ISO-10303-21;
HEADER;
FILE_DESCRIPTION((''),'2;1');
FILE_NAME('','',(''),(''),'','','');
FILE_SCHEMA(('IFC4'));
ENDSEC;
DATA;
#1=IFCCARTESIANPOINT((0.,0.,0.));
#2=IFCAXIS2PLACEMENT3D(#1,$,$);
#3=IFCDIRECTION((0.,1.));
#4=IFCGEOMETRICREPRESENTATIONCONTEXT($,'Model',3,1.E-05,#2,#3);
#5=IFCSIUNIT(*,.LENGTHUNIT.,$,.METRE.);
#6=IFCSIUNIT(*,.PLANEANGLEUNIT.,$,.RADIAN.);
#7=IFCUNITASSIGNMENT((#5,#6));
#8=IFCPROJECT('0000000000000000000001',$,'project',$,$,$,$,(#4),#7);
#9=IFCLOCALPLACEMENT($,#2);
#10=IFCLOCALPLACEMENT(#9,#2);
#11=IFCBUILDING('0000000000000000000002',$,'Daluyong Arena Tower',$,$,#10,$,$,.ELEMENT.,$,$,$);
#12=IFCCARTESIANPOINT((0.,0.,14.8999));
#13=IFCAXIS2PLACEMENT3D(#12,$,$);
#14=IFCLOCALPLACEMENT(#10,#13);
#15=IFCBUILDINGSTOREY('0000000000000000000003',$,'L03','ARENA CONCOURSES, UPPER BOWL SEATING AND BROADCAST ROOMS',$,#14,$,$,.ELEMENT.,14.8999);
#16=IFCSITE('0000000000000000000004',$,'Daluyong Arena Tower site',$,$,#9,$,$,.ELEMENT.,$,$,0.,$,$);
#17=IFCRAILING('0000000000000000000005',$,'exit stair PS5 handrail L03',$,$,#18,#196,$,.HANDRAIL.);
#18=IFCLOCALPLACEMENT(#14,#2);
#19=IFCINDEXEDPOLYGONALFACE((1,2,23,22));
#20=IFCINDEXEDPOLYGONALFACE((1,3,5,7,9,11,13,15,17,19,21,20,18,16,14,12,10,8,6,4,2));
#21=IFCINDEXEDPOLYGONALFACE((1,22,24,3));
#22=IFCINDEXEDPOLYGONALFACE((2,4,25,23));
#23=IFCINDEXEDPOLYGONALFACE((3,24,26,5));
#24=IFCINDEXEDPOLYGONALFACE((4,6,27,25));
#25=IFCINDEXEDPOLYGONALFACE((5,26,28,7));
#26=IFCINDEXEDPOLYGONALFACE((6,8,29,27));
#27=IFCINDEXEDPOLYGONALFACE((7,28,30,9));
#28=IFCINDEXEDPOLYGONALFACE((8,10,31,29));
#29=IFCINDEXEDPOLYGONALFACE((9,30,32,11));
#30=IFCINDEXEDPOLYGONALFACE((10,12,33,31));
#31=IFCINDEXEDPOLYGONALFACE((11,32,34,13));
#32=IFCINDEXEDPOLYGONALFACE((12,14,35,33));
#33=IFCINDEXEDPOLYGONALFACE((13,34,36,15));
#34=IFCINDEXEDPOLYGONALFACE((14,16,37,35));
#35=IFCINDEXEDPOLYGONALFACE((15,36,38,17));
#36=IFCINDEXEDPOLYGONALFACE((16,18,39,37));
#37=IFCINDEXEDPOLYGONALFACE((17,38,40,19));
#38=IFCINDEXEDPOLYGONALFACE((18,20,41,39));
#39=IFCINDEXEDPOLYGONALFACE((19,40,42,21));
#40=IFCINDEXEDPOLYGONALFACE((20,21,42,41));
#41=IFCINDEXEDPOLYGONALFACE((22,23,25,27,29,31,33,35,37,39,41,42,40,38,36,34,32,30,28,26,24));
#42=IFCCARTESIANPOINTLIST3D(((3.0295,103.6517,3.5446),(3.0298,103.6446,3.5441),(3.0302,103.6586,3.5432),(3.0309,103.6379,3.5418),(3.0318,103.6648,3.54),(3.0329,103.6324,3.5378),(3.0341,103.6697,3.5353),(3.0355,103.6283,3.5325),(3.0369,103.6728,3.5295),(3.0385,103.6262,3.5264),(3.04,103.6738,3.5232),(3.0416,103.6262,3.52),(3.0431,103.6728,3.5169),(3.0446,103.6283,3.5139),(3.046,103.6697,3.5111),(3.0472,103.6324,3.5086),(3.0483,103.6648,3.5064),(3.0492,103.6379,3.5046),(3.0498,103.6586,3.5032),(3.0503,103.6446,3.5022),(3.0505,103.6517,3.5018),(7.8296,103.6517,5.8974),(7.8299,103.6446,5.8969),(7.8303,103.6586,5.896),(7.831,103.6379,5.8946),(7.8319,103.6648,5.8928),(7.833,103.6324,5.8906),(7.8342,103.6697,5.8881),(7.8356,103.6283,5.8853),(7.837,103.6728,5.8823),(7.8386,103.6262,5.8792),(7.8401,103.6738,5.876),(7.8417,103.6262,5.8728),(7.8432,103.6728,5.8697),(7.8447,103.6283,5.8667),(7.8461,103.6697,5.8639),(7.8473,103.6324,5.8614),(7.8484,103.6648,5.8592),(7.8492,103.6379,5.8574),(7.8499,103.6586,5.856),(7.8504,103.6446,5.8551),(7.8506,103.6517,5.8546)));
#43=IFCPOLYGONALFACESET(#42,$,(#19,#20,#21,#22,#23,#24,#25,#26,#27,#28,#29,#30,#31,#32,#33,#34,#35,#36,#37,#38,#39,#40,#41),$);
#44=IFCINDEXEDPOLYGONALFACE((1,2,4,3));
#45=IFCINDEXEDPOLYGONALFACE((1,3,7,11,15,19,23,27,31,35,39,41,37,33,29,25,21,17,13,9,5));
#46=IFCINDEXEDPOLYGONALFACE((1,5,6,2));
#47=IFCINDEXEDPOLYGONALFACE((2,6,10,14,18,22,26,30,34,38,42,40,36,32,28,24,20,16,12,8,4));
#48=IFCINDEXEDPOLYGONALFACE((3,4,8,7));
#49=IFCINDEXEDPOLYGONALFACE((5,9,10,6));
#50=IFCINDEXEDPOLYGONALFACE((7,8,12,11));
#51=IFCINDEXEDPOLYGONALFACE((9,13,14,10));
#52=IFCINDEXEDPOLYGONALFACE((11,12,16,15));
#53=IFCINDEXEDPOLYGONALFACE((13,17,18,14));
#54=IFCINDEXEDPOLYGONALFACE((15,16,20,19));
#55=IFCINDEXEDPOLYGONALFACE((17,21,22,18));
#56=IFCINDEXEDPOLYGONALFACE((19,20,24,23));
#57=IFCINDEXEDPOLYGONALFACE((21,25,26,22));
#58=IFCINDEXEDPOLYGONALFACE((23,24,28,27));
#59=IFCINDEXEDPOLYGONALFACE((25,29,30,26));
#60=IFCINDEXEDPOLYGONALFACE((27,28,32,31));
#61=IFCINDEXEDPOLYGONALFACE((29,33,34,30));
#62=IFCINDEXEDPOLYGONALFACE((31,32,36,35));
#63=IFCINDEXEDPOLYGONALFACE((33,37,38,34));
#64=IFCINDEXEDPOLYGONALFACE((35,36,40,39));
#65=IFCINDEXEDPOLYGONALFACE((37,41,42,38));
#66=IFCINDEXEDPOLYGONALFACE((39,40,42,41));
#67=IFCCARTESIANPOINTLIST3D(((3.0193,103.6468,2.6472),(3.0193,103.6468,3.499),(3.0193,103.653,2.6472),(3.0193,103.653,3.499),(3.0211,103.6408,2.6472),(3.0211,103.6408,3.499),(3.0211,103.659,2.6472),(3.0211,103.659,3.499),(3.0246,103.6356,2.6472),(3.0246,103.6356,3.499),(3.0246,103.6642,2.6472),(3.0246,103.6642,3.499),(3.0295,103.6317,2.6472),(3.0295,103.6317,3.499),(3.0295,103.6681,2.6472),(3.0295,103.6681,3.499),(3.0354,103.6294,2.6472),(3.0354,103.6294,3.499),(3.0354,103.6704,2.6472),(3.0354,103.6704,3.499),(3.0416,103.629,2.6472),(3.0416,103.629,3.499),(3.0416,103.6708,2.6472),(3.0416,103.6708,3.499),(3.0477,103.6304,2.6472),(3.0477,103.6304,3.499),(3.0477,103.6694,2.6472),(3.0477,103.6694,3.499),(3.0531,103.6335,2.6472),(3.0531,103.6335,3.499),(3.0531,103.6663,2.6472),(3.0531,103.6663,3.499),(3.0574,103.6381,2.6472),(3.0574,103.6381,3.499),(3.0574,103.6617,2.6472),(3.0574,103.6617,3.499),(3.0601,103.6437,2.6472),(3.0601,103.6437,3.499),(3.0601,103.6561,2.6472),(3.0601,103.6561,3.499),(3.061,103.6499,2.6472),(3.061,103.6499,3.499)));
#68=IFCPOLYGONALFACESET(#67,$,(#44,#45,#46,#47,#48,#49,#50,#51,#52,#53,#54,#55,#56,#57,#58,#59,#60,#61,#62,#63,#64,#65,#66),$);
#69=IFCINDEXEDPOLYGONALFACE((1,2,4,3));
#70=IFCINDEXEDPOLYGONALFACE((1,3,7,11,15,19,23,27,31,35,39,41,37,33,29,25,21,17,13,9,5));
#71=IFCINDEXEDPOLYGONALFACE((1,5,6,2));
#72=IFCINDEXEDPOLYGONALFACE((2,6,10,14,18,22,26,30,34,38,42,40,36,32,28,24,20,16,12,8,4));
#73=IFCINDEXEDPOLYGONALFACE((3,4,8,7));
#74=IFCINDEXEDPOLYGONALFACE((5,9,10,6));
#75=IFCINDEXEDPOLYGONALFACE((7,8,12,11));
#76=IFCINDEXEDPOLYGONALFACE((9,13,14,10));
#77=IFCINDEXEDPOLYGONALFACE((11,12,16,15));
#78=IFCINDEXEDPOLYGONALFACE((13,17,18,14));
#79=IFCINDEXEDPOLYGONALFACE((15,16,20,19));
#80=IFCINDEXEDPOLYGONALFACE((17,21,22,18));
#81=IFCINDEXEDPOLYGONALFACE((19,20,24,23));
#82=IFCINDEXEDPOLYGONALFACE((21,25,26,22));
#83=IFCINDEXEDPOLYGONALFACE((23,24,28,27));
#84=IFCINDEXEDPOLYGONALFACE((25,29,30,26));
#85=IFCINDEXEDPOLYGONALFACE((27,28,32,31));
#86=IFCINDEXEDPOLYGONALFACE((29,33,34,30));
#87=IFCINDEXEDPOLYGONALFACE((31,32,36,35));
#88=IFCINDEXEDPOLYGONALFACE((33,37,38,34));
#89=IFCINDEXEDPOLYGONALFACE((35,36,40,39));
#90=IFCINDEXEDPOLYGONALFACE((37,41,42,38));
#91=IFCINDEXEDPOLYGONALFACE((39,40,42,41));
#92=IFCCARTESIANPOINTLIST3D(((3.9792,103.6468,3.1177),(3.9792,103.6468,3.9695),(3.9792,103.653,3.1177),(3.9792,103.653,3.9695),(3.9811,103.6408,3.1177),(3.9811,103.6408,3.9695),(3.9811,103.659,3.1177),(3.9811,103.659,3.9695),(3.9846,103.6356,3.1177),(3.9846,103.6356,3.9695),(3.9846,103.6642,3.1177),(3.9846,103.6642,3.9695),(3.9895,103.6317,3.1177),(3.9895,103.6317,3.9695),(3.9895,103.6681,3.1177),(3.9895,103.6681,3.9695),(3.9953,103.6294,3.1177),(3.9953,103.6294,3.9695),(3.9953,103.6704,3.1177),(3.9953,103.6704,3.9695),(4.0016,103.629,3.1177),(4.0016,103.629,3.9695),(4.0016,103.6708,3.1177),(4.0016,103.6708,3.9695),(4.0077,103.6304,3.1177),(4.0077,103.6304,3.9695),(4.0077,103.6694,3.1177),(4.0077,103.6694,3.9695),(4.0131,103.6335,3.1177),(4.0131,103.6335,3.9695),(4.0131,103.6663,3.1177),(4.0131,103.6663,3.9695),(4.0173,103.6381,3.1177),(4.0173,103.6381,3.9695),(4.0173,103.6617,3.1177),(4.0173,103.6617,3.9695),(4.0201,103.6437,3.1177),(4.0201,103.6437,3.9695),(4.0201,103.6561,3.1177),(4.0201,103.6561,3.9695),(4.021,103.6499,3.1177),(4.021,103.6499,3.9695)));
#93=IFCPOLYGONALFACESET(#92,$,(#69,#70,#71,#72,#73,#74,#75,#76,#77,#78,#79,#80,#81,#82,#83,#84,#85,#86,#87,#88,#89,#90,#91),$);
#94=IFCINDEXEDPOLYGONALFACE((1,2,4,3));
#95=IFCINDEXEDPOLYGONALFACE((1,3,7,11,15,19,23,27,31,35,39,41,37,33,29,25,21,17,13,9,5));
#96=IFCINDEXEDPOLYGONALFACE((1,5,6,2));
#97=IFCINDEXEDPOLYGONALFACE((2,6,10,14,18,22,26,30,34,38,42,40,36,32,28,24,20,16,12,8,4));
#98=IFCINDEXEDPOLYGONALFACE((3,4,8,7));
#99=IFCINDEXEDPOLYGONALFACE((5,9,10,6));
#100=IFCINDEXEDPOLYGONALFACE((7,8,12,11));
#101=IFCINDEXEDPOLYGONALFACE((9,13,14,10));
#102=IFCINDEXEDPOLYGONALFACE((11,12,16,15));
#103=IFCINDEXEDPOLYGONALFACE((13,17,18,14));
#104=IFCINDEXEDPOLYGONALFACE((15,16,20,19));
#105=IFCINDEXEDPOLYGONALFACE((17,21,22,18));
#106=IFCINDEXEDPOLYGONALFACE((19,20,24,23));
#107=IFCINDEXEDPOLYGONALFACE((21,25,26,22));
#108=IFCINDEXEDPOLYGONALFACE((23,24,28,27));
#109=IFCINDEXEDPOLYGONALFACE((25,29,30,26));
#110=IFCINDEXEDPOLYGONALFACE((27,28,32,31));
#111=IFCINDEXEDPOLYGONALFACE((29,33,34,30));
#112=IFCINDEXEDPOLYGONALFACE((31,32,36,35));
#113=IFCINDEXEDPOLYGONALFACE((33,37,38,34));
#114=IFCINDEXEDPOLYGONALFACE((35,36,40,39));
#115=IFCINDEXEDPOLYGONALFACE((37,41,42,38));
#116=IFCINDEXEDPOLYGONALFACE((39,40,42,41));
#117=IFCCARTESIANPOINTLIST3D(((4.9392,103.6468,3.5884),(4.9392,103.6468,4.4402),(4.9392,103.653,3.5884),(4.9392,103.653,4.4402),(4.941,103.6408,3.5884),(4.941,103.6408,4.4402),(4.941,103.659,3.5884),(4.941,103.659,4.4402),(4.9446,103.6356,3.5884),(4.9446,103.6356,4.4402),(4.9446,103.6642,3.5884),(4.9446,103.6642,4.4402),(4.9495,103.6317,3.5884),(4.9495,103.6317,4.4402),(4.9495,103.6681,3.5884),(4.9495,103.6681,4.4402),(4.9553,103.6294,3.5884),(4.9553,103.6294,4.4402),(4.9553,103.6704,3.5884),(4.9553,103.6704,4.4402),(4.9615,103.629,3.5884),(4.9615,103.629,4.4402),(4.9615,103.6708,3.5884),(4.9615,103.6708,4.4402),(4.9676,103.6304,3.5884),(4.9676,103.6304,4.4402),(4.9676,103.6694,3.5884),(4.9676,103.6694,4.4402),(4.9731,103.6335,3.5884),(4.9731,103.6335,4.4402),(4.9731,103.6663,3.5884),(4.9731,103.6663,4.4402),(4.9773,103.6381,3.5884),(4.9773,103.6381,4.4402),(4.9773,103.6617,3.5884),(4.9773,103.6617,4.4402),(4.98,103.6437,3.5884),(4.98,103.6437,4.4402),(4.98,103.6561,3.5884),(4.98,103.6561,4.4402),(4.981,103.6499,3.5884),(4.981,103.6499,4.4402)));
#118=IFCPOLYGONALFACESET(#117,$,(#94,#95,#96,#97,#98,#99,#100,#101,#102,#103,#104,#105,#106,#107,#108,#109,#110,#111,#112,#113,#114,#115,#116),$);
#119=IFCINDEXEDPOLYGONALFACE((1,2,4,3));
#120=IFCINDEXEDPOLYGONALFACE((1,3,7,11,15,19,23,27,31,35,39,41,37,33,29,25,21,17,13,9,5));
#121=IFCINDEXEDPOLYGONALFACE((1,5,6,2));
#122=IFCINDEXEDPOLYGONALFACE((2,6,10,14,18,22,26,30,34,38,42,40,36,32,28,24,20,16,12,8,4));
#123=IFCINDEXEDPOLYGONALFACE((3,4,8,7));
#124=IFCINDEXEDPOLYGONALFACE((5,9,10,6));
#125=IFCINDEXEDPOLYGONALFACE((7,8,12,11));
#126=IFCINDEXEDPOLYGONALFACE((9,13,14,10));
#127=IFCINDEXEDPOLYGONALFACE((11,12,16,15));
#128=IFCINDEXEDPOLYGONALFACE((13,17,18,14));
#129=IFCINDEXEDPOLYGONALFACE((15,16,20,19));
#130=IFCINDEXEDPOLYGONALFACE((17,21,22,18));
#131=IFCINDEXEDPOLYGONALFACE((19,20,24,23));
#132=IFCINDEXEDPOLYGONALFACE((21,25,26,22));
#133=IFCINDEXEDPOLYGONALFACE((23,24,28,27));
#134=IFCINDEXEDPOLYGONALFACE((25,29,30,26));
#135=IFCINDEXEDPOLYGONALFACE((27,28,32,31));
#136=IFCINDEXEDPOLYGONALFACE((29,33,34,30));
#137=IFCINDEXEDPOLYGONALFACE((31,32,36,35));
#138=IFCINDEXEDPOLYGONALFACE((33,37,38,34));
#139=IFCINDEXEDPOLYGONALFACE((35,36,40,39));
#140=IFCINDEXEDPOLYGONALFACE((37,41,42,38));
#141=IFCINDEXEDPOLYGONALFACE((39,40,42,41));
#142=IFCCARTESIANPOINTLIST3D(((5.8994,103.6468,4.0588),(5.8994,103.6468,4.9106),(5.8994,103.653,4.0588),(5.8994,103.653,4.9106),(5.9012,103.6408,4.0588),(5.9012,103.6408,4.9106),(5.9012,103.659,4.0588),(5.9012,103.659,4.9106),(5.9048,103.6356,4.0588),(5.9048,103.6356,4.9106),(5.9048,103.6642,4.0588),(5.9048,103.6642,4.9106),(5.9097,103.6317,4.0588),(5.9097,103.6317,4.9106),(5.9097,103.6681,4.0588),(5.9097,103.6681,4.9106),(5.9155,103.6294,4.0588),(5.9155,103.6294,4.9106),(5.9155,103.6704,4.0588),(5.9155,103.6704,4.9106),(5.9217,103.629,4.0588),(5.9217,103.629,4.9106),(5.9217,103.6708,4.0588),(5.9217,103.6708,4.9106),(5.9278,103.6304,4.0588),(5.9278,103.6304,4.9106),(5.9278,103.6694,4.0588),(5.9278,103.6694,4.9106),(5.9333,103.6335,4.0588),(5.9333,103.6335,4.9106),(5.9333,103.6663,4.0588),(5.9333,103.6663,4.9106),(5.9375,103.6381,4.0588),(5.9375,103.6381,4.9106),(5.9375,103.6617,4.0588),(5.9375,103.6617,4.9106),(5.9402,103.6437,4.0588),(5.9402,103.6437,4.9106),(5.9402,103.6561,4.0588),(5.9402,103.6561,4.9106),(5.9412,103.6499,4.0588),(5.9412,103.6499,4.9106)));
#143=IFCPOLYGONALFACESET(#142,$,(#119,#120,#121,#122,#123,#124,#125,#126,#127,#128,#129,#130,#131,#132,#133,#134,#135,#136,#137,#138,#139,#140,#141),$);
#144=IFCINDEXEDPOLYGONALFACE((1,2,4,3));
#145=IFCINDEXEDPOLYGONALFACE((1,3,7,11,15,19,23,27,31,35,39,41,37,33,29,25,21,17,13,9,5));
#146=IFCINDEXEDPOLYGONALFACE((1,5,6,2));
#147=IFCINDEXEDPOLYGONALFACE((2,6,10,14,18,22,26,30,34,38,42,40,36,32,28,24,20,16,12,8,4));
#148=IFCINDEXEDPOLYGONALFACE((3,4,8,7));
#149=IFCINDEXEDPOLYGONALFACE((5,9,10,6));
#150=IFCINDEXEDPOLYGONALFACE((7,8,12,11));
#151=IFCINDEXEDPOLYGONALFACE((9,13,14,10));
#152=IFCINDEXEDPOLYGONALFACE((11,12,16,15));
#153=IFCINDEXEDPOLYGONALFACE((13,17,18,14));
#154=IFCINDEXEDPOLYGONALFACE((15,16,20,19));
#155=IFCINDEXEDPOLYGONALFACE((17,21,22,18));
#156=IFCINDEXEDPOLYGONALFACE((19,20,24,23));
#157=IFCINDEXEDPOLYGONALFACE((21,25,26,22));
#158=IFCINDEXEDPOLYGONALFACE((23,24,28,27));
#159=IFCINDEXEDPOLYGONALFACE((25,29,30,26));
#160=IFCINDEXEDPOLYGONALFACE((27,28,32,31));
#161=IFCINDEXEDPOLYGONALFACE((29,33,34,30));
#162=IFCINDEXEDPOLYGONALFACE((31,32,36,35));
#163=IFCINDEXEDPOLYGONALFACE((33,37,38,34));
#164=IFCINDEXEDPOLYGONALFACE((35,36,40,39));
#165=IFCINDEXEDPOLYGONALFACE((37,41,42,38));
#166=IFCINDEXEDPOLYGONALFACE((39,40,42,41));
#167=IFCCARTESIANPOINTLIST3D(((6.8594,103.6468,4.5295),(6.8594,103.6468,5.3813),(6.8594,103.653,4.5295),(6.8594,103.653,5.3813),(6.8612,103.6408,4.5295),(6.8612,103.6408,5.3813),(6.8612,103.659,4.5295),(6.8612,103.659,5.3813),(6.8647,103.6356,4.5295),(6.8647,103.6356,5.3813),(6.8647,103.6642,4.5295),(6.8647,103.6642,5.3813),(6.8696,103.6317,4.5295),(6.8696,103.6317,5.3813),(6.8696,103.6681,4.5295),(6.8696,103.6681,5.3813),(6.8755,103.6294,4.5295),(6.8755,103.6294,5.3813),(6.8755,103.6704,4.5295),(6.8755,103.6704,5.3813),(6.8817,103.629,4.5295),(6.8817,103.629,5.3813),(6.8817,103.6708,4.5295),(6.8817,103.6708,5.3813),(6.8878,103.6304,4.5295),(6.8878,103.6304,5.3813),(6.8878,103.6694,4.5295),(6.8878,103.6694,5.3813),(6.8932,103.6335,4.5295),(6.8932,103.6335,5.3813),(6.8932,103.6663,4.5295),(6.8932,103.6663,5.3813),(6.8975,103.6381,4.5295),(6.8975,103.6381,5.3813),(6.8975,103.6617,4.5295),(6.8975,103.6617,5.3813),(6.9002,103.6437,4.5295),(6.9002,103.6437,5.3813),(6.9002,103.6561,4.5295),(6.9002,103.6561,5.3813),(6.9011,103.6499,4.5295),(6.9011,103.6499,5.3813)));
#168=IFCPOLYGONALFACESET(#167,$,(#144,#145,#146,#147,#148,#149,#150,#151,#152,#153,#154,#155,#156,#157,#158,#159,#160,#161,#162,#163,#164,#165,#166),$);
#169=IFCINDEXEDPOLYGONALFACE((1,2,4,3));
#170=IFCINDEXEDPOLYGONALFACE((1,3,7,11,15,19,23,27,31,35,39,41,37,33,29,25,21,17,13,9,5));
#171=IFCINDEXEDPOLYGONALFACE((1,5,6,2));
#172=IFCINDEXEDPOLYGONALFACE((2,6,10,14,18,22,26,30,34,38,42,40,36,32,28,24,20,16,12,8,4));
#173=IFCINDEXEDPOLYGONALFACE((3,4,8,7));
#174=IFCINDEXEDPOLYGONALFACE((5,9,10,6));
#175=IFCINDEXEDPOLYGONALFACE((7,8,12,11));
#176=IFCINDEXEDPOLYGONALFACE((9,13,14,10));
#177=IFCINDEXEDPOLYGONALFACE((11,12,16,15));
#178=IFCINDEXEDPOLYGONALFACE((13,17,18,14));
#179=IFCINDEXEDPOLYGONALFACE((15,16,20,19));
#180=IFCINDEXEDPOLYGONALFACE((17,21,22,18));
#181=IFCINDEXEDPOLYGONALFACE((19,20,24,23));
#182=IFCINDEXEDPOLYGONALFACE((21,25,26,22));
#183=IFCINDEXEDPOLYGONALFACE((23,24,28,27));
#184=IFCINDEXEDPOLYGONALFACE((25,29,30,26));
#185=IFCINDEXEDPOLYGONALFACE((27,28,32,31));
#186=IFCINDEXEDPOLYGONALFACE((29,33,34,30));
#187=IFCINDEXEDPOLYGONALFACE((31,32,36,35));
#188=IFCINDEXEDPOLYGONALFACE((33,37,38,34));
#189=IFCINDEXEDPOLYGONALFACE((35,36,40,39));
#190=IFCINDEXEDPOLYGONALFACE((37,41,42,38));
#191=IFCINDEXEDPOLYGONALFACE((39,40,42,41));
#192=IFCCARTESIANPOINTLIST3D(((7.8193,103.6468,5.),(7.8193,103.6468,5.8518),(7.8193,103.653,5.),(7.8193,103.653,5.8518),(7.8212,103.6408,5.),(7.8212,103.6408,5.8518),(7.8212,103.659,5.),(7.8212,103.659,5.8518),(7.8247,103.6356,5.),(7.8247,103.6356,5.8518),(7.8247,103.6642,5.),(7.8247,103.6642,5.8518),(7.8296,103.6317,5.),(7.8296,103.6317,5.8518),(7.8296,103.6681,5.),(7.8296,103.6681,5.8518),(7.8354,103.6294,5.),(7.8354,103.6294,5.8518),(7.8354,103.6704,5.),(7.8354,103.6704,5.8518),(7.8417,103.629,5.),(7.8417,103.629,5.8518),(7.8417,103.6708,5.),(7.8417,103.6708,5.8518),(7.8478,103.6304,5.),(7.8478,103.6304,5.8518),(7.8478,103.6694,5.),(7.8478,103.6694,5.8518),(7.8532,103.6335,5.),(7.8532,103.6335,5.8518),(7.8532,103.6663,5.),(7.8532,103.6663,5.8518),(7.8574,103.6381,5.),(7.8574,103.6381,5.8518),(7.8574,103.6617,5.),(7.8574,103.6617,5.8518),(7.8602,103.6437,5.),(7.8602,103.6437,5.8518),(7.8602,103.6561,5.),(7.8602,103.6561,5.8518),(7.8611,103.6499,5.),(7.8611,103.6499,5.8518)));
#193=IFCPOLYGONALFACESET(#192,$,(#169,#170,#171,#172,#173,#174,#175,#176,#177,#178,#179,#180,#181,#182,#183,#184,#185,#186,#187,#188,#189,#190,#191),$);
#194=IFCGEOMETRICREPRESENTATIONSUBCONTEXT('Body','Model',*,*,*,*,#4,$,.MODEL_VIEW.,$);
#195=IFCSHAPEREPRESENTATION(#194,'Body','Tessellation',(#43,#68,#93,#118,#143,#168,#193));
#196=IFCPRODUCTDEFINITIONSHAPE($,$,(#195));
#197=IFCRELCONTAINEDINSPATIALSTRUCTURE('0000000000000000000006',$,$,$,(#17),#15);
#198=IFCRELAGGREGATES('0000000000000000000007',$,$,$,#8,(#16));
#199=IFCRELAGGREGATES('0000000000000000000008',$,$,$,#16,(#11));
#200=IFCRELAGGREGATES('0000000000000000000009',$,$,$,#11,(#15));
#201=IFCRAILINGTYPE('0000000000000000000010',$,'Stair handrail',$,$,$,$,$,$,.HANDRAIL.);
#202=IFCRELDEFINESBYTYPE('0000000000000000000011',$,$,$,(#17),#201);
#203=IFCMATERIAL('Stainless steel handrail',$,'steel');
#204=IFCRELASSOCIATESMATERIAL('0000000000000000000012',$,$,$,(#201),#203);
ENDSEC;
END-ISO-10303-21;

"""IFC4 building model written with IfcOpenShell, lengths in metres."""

from ifc_helpers import new_model, si_unit, direction, frame, origin, origin_2d, place, context, subcontext, project, spatial, circle, extrude, material, type_object, element, save


model = new_model("IFC4")

# Units and contexts
model_context = context("Model", 3, precision=1e-05, world=origin(), true_north=direction((0.0, 1.0)))
body_context = subcontext(model_context, "Body", "Model", "MODEL_VIEW")
ifc_project = project(units=[si_unit("LENGTHUNIT", "METRE"), si_unit("PLANEANGLEUNIT", "RADIAN")], contexts=[model_context])

# Site, building, storey
site_placement = place(None, origin())
site = spatial("IfcSite", under=ifc_project, at=site_placement, Name="Daluyong Arena Tower site", CompositionType="ELEMENT", RefElevation=0.0)
building_placement = place(site_placement, origin())
building = spatial("IfcBuilding", under=site, at=building_placement, Name="Daluyong Arena Tower", CompositionType="ELEMENT")
storey_placement = place(building_placement, frame((0.0, 0.0, 14.8999)))
storey = spatial("IfcBuildingStorey", under=building, at=storey_placement, Name="L03", Description="ARENA CONCOURSES, UPPER BOWL SEATING AND BROADCAST ROOMS", CompositionType="ELEMENT", Elevation=14.8999)

# Railing
ifc_material_1 = material(Name="Stainless steel handrail", Category="steel")
railing_type = type_object("IfcRailingType", Name="Stair handrail", PredefinedType="HANDRAIL", material=ifc_material_1)
railing_placement = place(storey_placement, frame((3.04, 103.6499, 2.6472)))
element("IfcRailing", 1, at=railing_placement, inside=storey, type_object=railing_type, Name="exit stair PS5 handrail L03", PredefinedType="HANDRAIL", context=body_context, shape_type="SweptSolid", body=[
    extrude(circle(Radius=0.0239, at=origin_2d()), frame((0.0, 0.0, 0.876), z_axis=(0.897934, 0.0, 0.44013), x_axis=(0.0, 1.0, 0.0)), (0.0, 0.0, 1.0), 5.3457),
    extrude(circle(Radius=0.021, at=origin_2d()), origin(), (0.0, 0.0, 1.0), 0.8518),
    extrude(circle(Radius=0.021, at=origin_2d()), frame((0.96, 0.0, 0.4705)), (0.0, 0.0, 1.0), 0.8518),
    extrude(circle(Radius=0.021, at=origin_2d()), frame((1.9199, 0.0, 0.9412)), (0.0, 0.0, 1.0), 0.8518),
    extrude(circle(Radius=0.021, at=origin_2d()), frame((2.8801, 0.0, 1.4116)), (0.0, 0.0, 1.0), 0.8518),
    extrude(circle(Radius=0.021, at=origin_2d()), frame((3.8401, 0.0, 1.8823)), (0.0, 0.0, 1.0), 0.8518),
    extrude(circle(Radius=0.021, at=origin_2d()), frame((4.8, 0.0, 2.3528)), (0.0, 0.0, 1.0), 0.8518),
])

save(model, "model.ifc")
